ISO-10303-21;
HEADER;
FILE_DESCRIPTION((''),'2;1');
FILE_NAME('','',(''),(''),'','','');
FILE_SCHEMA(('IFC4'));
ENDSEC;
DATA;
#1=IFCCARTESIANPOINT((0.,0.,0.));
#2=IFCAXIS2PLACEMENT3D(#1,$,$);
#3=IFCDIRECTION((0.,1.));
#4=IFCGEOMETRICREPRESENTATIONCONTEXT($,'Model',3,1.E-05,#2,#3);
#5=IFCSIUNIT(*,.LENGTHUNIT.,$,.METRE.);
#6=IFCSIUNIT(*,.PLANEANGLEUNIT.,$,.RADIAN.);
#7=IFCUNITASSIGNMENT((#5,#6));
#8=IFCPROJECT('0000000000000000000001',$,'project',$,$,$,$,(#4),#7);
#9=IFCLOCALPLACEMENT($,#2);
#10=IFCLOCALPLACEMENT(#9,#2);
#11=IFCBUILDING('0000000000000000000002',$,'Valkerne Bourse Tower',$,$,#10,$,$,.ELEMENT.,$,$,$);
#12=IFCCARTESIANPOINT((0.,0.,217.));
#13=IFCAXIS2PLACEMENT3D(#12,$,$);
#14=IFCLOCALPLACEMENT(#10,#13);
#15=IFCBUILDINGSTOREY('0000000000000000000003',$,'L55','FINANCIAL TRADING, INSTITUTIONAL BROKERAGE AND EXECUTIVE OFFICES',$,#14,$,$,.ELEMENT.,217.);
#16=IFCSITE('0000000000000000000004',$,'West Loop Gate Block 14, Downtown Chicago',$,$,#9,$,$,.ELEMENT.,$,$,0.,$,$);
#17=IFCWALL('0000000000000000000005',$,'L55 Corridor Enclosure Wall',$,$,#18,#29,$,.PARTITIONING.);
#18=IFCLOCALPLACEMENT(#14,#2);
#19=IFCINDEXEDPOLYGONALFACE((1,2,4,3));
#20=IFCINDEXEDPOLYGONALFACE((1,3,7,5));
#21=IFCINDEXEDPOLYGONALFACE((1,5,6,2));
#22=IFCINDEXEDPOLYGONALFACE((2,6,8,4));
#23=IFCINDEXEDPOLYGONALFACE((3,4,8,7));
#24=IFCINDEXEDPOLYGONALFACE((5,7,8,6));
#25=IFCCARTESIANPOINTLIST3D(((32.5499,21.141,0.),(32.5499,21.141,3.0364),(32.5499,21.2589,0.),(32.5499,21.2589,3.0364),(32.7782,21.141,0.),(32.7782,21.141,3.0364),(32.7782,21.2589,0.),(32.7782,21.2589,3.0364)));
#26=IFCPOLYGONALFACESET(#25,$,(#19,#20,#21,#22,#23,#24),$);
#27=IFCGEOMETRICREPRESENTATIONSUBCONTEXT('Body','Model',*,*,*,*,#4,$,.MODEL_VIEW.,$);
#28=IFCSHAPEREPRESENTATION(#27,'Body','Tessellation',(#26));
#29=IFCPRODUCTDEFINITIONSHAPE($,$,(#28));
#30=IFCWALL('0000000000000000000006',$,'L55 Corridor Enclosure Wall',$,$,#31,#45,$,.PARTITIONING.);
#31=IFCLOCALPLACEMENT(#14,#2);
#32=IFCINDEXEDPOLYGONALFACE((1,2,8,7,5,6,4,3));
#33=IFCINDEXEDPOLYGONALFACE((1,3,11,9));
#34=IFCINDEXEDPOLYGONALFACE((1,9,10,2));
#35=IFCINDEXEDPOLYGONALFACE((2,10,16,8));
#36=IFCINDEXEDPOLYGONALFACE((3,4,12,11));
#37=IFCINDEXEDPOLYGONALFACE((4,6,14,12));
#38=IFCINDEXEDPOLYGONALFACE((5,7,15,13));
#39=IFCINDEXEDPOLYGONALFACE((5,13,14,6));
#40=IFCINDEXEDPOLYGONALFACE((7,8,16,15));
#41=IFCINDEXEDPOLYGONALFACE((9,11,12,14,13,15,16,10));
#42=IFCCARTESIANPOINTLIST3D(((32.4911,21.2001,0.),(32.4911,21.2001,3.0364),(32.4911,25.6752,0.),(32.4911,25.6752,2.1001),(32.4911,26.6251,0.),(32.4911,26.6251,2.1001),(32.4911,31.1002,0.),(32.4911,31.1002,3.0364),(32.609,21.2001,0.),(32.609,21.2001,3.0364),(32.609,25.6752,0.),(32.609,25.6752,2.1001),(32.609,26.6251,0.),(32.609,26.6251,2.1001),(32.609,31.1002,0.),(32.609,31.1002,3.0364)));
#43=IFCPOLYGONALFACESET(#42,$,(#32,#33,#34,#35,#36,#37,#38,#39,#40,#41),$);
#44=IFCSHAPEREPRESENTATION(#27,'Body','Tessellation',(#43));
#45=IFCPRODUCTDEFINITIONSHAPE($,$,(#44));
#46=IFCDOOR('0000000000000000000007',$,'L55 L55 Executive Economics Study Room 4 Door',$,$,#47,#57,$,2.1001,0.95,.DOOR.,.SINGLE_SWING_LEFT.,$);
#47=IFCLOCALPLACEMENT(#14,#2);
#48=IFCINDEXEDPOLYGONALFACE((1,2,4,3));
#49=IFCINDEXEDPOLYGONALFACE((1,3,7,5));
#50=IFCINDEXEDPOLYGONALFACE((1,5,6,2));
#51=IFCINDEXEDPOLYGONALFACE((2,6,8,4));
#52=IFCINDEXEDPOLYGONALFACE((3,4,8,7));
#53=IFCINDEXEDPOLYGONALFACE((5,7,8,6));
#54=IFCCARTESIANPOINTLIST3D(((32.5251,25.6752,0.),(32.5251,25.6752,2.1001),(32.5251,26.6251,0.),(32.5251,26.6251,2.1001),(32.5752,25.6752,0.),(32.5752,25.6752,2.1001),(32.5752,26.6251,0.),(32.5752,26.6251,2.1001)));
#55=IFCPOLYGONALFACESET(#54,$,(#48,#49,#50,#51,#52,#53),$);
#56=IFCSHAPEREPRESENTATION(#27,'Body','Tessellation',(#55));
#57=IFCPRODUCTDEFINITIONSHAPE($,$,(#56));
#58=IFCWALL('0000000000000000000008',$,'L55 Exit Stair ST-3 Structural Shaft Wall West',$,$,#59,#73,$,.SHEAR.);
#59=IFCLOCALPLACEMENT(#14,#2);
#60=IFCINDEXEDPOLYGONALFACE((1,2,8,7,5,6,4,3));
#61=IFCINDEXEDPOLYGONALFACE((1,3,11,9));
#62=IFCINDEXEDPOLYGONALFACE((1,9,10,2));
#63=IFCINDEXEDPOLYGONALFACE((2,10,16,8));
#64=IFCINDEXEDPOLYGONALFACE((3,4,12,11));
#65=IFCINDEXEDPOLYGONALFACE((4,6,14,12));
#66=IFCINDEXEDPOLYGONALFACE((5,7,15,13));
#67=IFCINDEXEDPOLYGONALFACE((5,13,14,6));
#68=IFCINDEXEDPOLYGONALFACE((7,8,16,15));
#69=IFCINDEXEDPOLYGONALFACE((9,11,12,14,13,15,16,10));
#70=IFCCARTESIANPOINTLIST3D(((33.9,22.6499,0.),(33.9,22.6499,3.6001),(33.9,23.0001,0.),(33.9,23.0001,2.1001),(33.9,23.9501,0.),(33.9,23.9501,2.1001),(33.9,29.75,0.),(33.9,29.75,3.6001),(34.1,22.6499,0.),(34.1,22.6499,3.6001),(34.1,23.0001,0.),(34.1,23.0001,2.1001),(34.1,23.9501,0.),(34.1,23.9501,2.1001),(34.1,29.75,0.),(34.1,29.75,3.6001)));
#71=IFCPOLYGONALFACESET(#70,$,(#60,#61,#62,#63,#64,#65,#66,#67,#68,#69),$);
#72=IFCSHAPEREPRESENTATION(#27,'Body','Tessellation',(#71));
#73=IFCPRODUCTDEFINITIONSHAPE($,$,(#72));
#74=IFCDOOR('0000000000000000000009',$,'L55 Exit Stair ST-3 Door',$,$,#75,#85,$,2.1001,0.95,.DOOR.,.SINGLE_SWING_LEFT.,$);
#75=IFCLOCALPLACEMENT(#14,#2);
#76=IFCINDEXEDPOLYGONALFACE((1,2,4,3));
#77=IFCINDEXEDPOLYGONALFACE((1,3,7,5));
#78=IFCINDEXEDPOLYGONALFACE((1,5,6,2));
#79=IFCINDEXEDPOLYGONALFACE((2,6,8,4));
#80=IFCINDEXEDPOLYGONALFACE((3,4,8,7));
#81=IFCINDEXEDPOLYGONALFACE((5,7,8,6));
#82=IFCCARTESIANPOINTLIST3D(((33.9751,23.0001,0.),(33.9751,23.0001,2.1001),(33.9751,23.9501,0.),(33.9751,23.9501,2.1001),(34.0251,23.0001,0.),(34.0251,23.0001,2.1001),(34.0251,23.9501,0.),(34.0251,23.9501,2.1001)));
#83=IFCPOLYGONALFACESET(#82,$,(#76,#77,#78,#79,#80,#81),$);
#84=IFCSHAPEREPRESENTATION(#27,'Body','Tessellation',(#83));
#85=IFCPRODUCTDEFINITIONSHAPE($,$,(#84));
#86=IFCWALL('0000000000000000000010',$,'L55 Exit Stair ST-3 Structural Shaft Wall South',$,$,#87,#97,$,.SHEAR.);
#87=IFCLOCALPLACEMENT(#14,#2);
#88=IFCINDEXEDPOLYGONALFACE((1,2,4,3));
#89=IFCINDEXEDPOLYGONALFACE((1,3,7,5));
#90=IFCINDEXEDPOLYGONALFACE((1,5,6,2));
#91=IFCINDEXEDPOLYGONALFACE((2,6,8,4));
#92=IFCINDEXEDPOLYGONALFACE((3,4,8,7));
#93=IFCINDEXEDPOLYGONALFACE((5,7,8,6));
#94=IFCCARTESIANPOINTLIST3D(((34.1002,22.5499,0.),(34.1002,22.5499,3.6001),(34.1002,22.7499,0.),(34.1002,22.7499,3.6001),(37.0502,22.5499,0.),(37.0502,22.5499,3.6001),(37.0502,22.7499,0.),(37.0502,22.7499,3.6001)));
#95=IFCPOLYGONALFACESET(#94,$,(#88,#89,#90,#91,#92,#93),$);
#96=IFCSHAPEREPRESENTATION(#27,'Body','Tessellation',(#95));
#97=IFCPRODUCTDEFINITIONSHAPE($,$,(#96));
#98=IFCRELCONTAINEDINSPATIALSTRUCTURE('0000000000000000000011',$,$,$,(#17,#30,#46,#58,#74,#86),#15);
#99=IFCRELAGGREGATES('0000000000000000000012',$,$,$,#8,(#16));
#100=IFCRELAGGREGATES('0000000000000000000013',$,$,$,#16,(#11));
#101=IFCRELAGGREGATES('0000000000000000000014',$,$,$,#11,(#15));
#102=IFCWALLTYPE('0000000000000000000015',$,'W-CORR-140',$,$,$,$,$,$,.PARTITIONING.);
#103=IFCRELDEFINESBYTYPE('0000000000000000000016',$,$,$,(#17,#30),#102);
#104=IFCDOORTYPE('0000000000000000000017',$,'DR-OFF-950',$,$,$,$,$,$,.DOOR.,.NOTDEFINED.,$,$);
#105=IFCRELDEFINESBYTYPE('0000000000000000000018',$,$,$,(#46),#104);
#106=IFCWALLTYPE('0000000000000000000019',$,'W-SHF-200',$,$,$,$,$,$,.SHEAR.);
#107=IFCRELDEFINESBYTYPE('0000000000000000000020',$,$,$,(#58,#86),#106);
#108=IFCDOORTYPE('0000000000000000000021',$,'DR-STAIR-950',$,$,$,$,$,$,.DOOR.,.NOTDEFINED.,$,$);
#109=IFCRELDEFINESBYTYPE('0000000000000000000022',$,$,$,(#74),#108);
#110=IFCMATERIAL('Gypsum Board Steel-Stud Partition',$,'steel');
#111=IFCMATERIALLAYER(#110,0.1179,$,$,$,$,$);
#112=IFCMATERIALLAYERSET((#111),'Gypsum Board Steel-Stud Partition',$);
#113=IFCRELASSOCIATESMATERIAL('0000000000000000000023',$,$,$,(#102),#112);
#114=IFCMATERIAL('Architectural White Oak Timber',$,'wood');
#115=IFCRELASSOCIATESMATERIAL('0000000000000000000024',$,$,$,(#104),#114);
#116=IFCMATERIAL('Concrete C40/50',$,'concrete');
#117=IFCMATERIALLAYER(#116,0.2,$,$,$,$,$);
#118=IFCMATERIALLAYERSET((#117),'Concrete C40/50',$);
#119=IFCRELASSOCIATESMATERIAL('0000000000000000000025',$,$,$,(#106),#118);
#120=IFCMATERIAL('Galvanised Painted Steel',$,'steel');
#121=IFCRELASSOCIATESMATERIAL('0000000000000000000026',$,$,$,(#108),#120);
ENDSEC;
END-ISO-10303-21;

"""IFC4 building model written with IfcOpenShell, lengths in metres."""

from ifc_helpers import new_model, si_unit, direction, frame, frame_2d, origin, place, context, subcontext, project, spatial, rectangle, extrude, material, layer, layer_set, type_object, element, fill, save


model = new_model("IFC4")

# Units and contexts
model_context = context("Model", 3, precision=1e-05, world=origin(), true_north=direction((0.0, 1.0)))
body_context = subcontext(model_context, "Body", "Model", "MODEL_VIEW")
ifc_project = project(units=[si_unit("LENGTHUNIT", "METRE"), si_unit("PLANEANGLEUNIT", "RADIAN")], contexts=[model_context])

# Site, building, storey
site_placement = place(None, origin())
site = spatial("IfcSite", under=ifc_project, at=site_placement, Name="West Loop Gate Block 14, Downtown Chicago", CompositionType="ELEMENT", RefElevation=0.0)
building_placement = place(site_placement, origin())
building = spatial("IfcBuilding", under=site, at=building_placement, Name="Valkerne Bourse Tower", CompositionType="ELEMENT")
storey_placement = place(building_placement, frame((0.0, 0.0, 217.0)))
storey = spatial("IfcBuildingStorey", under=building, at=storey_placement, Name="L55", Description="FINANCIAL TRADING, INSTITUTIONAL BROKERAGE AND EXECUTIVE OFFICES", CompositionType="ELEMENT", Elevation=217.0)

# Wall
ifc_material_1 = material(Name="Gypsum Board Steel-Stud Partition", Category="steel")
ifc_layer_1 = layer(ifc_material_1, 0.1179)
ifc_layer_set_1 = layer_set([ifc_layer_1], Name="Gypsum Board Steel-Stud Partition")
wall_type_1 = type_object("IfcWallType", Name="W-CORR-140", PredefinedType="PARTITIONING", material=ifc_layer_set_1)
wall_1_placement = place(storey_placement, frame((32.7783, 21.2, 0.0), z_axis=(0.0, 0.0, 1.0), x_axis=(-1.0, 0.0, 0.0)))
element("IfcWall", 1, at=wall_1_placement, inside=storey, type_object=wall_type_1, Name="L55 Corridor Enclosure Wall", PredefinedType="PARTITIONING", context=body_context, shape_type="SweptSolid", body=[
    extrude(rectangle(XDim=0.2283, YDim=0.1179, at=frame_2d((0.1143, 0.0))), origin(), (0.0, 0.0, 1.0), 3.0364),
])

# Walls, openings, doors
wall_2_placement = place(storey_placement, frame((32.55, 21.2, 0.0), z_axis=(0.0, 0.0, 1.0), x_axis=(0.0, 1.0, 0.0)))
wall_2 = element("IfcWall", 2, at=wall_2_placement, inside=storey, type_object=wall_type_1, Name="L55 Corridor Enclosure Wall", PredefinedType="PARTITIONING", context=body_context, shape_type="SweptSolid", body=[
    extrude(rectangle(XDim=9.9001, YDim=0.1179, at=frame_2d((4.9502, 0.0))), origin(), (0.0, 0.0, 1.0), 3.0364),
])
opening_1_placement = place(wall_2_placement, frame((4.4751, 0.0, 0.0)))
opening_1 = element("IfcOpeningElement", 3, at=opening_1_placement, cuts=wall_2, PredefinedType="OPENING", context=body_context, shape_type="SweptSolid", body=[
    extrude(rectangle(XDim=0.95, YDim=2.1001, at=frame_2d((0.4751, 1.05))), frame((0.0, 0.0688, 0.0), z_axis=(0.0, -1.0, 0.0), x_axis=(1.0, 0.0, 0.0)), (0.0, 0.0, 1.0), 0.1379),
])
ifc_material_2 = material(Name="Architectural White Oak Timber", Category="wood")
door_type_1 = type_object("IfcDoorType", Name="DR-OFF-950", OperationType="NOTDEFINED", PredefinedType="DOOR", material=ifc_material_2)
door_1_placement = place(opening_1_placement, origin())
door_1 = element("IfcDoor", 4, at=door_1_placement, inside=storey, type_object=door_type_1, Name="L55 L55 Executive Economics Study Room 4 Door", OperationType="SINGLE_SWING_LEFT", OverallHeight=2.1001, OverallWidth=0.95, PredefinedType="DOOR", context=body_context, shape_type="SweptSolid", body=[
    extrude(rectangle(XDim=0.95, YDim=2.1001, at=frame_2d((0.4751, 1.05))), frame((0.0, 0.0249, 0.0), z_axis=(0.0, -1.0, 0.0), x_axis=(1.0, 0.0, 0.0)), (0.0, 0.0, 1.0), 0.05),
])
fill(opening_1, door_1)
ifc_material_3 = material(Name="Concrete C40/50", Category="concrete")
ifc_layer_2 = layer(ifc_material_3, 0.2)
ifc_layer_set_2 = layer_set([ifc_layer_2], Name="Concrete C40/50")
wall_type_2 = type_object("IfcWallType", Name="W-SHF-200", PredefinedType="SHEAR", material=ifc_layer_set_2)
wall_3_placement = place(storey_placement, frame((34.0, 22.6499, 0.0), z_axis=(0.0, 0.0, 1.0), x_axis=(0.0, 1.0, 0.0)))
wall_3 = element("IfcWall", 5, at=wall_3_placement, inside=storey, type_object=wall_type_2, Name="L55 Exit Stair ST-3 Structural Shaft Wall West", PredefinedType="SHEAR", context=body_context, shape_type="SweptSolid", body=[
    extrude(rectangle(XDim=7.1001, YDim=0.2, at=frame_2d((3.55, 0.0))), origin(), (0.0, 0.0, 1.0), 3.6001),
])
opening_2_placement = place(wall_3_placement, frame((0.3501, 0.0, 0.0)))
opening_2 = element("IfcOpeningElement", 6, at=opening_2_placement, cuts=wall_3, PredefinedType="OPENING", context=body_context, shape_type="SweptSolid", body=[
    extrude(rectangle(XDim=0.95, YDim=2.1001, at=frame_2d((0.4751, 1.05))), frame((0.0, 0.1099, 0.0), z_axis=(0.0, -1.0, 0.0), x_axis=(1.0, 0.0, 0.0)), (0.0, 0.0, 1.0), 0.22),
])
ifc_material_4 = material(Name="Galvanised Painted Steel", Category="steel")
door_type_2 = type_object("IfcDoorType", Name="DR-STAIR-950", OperationType="NOTDEFINED", PredefinedType="DOOR", material=ifc_material_4)
door_2_placement = place(opening_2_placement, origin())
door_2 = element("IfcDoor", 7, at=door_2_placement, inside=storey, type_object=door_type_2, Name="L55 Exit Stair ST-3 Door", OperationType="SINGLE_SWING_LEFT", OverallHeight=2.1001, OverallWidth=0.95, PredefinedType="DOOR", context=body_context, shape_type="SweptSolid", body=[
    extrude(rectangle(XDim=0.95, YDim=2.1001, at=frame_2d((0.4751, 1.05))), frame((0.0, 0.0249, 0.0), z_axis=(0.0, -1.0, 0.0), x_axis=(1.0, 0.0, 0.0)), (0.0, 0.0, 1.0), 0.05),
])
fill(opening_2, door_2)

# Wall
wall_4_placement = place(storey_placement, frame((34.1001, 22.6499, 0.0), z_axis=(0.0, 0.0, 1.0), x_axis=(1.0, 0.0, 0.0)))
element("IfcWall", 8, at=wall_4_placement, inside=storey, type_object=wall_type_2, Name="L55 Exit Stair ST-3 Structural Shaft Wall South", PredefinedType="SHEAR", context=body_context, shape_type="SweptSolid", body=[
    extrude(rectangle(XDim=2.95, YDim=0.2, at=frame_2d((1.4751, 0.0))), origin(), (0.0, 0.0, 1.0), 3.6001),
])

save(model, "model.ifc")
